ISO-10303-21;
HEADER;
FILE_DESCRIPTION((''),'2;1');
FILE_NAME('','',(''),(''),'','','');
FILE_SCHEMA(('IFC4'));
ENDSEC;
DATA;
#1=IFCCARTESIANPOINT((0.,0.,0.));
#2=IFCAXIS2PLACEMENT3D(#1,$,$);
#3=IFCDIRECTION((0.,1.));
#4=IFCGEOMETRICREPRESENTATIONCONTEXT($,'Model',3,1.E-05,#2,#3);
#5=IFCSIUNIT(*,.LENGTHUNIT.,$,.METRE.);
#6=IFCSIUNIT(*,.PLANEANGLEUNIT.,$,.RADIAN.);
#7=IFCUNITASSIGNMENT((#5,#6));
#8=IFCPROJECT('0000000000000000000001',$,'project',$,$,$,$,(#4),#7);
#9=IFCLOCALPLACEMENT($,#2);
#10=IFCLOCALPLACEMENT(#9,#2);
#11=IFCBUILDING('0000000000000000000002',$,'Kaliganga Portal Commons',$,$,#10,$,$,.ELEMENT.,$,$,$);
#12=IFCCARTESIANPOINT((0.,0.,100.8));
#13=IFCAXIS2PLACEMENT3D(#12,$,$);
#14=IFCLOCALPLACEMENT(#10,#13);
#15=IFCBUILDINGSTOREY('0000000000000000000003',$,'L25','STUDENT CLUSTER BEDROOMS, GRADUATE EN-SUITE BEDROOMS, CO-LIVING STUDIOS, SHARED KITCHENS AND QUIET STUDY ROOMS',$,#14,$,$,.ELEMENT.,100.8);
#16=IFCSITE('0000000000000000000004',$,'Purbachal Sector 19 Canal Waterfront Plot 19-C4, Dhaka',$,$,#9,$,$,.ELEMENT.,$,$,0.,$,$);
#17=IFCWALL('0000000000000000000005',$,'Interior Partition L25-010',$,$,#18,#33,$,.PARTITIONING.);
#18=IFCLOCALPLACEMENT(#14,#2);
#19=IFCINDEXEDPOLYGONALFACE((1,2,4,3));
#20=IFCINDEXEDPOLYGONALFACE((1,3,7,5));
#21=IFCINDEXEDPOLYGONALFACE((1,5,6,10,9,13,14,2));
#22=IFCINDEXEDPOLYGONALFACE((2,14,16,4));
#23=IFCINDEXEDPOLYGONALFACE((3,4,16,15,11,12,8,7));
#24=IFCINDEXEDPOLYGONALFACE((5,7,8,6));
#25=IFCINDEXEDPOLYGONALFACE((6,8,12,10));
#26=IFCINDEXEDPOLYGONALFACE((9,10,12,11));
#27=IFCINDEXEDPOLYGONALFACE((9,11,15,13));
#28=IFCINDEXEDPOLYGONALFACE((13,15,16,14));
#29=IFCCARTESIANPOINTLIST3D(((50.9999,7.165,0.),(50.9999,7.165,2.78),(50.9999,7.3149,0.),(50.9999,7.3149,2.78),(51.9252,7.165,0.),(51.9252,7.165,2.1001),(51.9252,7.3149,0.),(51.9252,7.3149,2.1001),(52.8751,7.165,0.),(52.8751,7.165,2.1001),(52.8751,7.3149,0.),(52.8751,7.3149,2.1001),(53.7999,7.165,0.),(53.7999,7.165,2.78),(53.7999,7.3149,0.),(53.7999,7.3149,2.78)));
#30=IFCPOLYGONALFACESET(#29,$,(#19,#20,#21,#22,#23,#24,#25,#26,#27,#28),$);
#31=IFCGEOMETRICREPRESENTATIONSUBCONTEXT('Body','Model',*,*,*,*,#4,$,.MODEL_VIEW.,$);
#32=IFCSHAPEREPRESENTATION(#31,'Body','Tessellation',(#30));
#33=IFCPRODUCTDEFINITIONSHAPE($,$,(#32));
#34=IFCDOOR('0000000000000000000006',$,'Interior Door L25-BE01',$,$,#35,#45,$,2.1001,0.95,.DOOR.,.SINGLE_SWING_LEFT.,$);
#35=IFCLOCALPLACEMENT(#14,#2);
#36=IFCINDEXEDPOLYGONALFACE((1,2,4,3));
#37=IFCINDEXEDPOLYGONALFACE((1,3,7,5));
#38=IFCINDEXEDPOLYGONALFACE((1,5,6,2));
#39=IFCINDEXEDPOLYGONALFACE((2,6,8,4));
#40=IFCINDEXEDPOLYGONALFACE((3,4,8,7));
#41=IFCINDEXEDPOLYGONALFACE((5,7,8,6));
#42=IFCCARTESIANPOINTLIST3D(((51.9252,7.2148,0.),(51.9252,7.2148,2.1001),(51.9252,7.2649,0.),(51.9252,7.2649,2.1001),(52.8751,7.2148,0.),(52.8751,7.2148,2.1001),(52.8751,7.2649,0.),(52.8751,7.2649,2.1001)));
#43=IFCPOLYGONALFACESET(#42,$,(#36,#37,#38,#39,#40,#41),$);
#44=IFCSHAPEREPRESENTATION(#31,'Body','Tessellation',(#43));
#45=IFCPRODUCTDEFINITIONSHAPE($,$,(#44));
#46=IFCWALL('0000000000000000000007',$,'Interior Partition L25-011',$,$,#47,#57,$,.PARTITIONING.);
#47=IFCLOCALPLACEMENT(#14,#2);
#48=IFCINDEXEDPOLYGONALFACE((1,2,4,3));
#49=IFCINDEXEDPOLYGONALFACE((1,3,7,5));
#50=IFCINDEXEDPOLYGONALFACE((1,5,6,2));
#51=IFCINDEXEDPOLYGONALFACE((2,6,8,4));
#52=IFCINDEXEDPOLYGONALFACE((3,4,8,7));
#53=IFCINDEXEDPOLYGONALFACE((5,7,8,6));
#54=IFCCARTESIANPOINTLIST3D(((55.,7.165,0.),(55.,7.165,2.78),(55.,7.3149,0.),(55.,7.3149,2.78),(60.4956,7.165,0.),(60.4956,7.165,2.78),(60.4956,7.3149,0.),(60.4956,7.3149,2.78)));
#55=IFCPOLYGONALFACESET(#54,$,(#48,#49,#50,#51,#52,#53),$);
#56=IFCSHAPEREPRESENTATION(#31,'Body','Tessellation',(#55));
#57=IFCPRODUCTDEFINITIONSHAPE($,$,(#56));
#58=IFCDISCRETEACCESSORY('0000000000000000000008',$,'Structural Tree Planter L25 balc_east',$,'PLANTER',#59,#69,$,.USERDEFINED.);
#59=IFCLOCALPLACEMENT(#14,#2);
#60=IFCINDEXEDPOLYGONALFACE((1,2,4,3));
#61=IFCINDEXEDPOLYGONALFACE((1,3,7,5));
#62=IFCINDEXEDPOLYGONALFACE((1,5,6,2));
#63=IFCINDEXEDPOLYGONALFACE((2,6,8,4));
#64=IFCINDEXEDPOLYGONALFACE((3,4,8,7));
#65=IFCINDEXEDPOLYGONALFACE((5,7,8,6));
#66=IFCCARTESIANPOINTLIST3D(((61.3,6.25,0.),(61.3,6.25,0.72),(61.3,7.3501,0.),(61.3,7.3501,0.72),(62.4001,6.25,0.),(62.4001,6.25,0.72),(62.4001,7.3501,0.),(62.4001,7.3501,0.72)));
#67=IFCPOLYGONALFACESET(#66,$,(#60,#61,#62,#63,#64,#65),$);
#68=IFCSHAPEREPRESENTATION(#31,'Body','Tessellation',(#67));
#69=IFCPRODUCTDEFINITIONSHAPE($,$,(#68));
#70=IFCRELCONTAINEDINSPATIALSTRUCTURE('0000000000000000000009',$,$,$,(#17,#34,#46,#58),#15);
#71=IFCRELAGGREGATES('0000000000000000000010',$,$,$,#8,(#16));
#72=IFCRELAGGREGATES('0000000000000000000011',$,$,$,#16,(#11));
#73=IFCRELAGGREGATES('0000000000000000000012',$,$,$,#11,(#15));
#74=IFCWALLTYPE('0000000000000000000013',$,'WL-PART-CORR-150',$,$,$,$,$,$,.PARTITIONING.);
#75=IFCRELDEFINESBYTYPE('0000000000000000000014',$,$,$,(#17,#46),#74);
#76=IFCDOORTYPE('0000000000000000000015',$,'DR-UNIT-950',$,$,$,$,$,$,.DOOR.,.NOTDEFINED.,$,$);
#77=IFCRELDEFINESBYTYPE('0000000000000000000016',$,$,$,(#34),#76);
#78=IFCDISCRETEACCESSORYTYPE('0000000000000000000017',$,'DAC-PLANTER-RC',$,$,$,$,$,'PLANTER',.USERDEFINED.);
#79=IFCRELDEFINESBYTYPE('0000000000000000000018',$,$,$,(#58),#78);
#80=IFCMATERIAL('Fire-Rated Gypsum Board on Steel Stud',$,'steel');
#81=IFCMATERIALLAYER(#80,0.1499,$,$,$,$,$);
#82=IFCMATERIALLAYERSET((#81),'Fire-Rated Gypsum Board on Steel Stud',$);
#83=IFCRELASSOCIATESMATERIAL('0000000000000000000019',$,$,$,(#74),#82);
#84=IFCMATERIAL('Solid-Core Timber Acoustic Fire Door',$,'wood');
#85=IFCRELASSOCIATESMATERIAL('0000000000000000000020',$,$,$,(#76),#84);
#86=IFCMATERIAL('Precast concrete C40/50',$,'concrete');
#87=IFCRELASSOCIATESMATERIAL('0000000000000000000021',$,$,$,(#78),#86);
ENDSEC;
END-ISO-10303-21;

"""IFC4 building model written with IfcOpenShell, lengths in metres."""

from ifc_helpers import new_model, si_unit, direction, frame, frame_2d, origin, origin_2d, place, context, subcontext, project, spatial, rectangle, extrude, source, transform, mapped, material, layer, layer_set, type_object, element, fill, save


model = new_model("IFC4")

# Units and contexts
model_context = context("Model", 3, precision=1e-05, world=origin(), true_north=direction((0.0, 1.0)))
body_context = subcontext(model_context, "Body", "Model", "MODEL_VIEW")
ifc_project = project(units=[si_unit("LENGTHUNIT", "METRE"), si_unit("PLANEANGLEUNIT", "RADIAN")], contexts=[model_context])

# Site, building, storey
site_placement = place(None, origin())
site = spatial("IfcSite", under=ifc_project, at=site_placement, Name="Purbachal Sector 19 Canal Waterfront Plot 19-C4, Dhaka", CompositionType="ELEMENT", RefElevation=0.0)
building_placement = place(site_placement, origin())
building = spatial("IfcBuilding", under=site, at=building_placement, Name="Kaliganga Portal Commons", CompositionType="ELEMENT")
storey_placement = place(building_placement, frame((0.0, 0.0, 100.8)))
storey = spatial("IfcBuildingStorey", under=building, at=storey_placement, Name="L25", Description="STUDENT CLUSTER BEDROOMS, GRADUATE EN-SUITE BEDROOMS, CO-LIVING STUDIOS, SHARED KITCHENS AND QUIET STUDY ROOMS", CompositionType="ELEMENT", Elevation=100.8)

# Wall, opening, door
ifc_material_1 = material(Name="Fire-Rated Gypsum Board on Steel Stud", Category="steel")
ifc_layer_1 = layer(ifc_material_1, 0.1499)
ifc_layer_set_1 = layer_set([ifc_layer_1], Name="Fire-Rated Gypsum Board on Steel Stud")
wall_type_1 = type_object("IfcWallType", Name="WL-PART-CORR-150", PredefinedType="PARTITIONING", material=ifc_layer_set_1)
wall_1_placement = place(storey_placement, frame((51.0, 7.24, 0.0), z_axis=(0.0, 0.0, 1.0), x_axis=(1.0, 0.0, 0.0)))
wall_1 = element("IfcWall", 1, at=wall_1_placement, inside=storey, type_object=wall_type_1, Name="Interior Partition L25-010", PredefinedType="PARTITIONING", context=body_context, shape_type="SweptSolid", body=[
    extrude(rectangle(XDim=2.8, YDim=0.1499, at=frame_2d((1.3999, 0.0))), origin(), (0.0, 0.0, 1.0), 2.78),
])
opening_1_placement = place(wall_1_placement, frame((0.925, 0.0, 0.0)))
opening_1 = element("IfcOpeningElement", 2, at=opening_1_placement, cuts=wall_1, PredefinedType="OPENING", context=body_context, shape_type="SweptSolid", body=[
    extrude(rectangle(XDim=0.95, YDim=2.1001, at=frame_2d((0.4751, 1.05))), frame((0.0, 0.085, 0.0), z_axis=(0.0, -1.0, 0.0), x_axis=(1.0, 0.0, 0.0)), (0.0, 0.0, 1.0), 0.1699),
])
ifc_material_2 = material(Name="Solid-Core Timber Acoustic Fire Door", Category="wood")
door_type_1 = type_object("IfcDoorType", Name="DR-UNIT-950", OperationType="NOTDEFINED", PredefinedType="DOOR", material=ifc_material_2)
door_1_placement = place(opening_1_placement, origin())
door_1 = element("IfcDoor", 3, at=door_1_placement, inside=storey, type_object=door_type_1, Name="Interior Door L25-BE01", OperationType="SINGLE_SWING_LEFT", OverallHeight=2.1001, OverallWidth=0.95, PredefinedType="DOOR", context=body_context, shape_type="SweptSolid", body=[
    extrude(rectangle(XDim=0.95, YDim=2.1001, at=frame_2d((0.4751, 1.05))), frame((0.0, 0.0249, 0.0), z_axis=(0.0, -1.0, 0.0), x_axis=(1.0, 0.0, 0.0)), (0.0, 0.0, 1.0), 0.05),
])
fill(opening_1, door_1)

# Wall
wall_2_placement = place(storey_placement, frame((55.0, 7.24, 0.0), z_axis=(0.0, 0.0, 1.0), x_axis=(1.0, 0.0, 0.0)))
element("IfcWall", 4, at=wall_2_placement, inside=storey, type_object=wall_type_1, Name="Interior Partition L25-011", PredefinedType="PARTITIONING", context=body_context, shape_type="SweptSolid", body=[
    extrude(rectangle(XDim=5.4956, YDim=0.1499, at=frame_2d((2.7478, 0.0))), origin(), (0.0, 0.0, 1.0), 2.78),
])

# Discrete accessory
ifc_material_3 = material(Name="Precast concrete C40/50", Category="concrete")
discrete_accessory_type = type_object("IfcDiscreteAccessoryType", Name="DAC-PLANTER-RC", ElementType="PLANTER", PredefinedType="USERDEFINED", material=ifc_material_3)
shared_shape_1 = source(origin(), body_context, "Body", "SweptSolid", [
    extrude(rectangle(XDim=1.1001, YDim=1.1001, at=origin_2d()), origin(), (0.0, 0.0, 1.0), 0.72),
])
discrete_accessory_placement = place(storey_placement, frame((61.8501, 6.8, 0.0), z_axis=(0.0, 0.0, 1.0), x_axis=(1.0, 0.0, 0.0)))
element("IfcDiscreteAccessory", 5, at=discrete_accessory_placement, inside=storey, type_object=discrete_accessory_type, Name="Structural Tree Planter L25 balc_east", ObjectType="PLANTER", PredefinedType="USERDEFINED", context=body_context, shape_type="MappedRepresentation", body=[
    mapped(shared_shape_1, transform((0.0, 0.0, 0.0), x_axis=(1.0, 0.0, 0.0), y_axis=(0.0, 1.0, 0.0), z_axis=(0.0, 0.0, 1.0), scale=1.0)),
])

save(model, "model.ifc")
